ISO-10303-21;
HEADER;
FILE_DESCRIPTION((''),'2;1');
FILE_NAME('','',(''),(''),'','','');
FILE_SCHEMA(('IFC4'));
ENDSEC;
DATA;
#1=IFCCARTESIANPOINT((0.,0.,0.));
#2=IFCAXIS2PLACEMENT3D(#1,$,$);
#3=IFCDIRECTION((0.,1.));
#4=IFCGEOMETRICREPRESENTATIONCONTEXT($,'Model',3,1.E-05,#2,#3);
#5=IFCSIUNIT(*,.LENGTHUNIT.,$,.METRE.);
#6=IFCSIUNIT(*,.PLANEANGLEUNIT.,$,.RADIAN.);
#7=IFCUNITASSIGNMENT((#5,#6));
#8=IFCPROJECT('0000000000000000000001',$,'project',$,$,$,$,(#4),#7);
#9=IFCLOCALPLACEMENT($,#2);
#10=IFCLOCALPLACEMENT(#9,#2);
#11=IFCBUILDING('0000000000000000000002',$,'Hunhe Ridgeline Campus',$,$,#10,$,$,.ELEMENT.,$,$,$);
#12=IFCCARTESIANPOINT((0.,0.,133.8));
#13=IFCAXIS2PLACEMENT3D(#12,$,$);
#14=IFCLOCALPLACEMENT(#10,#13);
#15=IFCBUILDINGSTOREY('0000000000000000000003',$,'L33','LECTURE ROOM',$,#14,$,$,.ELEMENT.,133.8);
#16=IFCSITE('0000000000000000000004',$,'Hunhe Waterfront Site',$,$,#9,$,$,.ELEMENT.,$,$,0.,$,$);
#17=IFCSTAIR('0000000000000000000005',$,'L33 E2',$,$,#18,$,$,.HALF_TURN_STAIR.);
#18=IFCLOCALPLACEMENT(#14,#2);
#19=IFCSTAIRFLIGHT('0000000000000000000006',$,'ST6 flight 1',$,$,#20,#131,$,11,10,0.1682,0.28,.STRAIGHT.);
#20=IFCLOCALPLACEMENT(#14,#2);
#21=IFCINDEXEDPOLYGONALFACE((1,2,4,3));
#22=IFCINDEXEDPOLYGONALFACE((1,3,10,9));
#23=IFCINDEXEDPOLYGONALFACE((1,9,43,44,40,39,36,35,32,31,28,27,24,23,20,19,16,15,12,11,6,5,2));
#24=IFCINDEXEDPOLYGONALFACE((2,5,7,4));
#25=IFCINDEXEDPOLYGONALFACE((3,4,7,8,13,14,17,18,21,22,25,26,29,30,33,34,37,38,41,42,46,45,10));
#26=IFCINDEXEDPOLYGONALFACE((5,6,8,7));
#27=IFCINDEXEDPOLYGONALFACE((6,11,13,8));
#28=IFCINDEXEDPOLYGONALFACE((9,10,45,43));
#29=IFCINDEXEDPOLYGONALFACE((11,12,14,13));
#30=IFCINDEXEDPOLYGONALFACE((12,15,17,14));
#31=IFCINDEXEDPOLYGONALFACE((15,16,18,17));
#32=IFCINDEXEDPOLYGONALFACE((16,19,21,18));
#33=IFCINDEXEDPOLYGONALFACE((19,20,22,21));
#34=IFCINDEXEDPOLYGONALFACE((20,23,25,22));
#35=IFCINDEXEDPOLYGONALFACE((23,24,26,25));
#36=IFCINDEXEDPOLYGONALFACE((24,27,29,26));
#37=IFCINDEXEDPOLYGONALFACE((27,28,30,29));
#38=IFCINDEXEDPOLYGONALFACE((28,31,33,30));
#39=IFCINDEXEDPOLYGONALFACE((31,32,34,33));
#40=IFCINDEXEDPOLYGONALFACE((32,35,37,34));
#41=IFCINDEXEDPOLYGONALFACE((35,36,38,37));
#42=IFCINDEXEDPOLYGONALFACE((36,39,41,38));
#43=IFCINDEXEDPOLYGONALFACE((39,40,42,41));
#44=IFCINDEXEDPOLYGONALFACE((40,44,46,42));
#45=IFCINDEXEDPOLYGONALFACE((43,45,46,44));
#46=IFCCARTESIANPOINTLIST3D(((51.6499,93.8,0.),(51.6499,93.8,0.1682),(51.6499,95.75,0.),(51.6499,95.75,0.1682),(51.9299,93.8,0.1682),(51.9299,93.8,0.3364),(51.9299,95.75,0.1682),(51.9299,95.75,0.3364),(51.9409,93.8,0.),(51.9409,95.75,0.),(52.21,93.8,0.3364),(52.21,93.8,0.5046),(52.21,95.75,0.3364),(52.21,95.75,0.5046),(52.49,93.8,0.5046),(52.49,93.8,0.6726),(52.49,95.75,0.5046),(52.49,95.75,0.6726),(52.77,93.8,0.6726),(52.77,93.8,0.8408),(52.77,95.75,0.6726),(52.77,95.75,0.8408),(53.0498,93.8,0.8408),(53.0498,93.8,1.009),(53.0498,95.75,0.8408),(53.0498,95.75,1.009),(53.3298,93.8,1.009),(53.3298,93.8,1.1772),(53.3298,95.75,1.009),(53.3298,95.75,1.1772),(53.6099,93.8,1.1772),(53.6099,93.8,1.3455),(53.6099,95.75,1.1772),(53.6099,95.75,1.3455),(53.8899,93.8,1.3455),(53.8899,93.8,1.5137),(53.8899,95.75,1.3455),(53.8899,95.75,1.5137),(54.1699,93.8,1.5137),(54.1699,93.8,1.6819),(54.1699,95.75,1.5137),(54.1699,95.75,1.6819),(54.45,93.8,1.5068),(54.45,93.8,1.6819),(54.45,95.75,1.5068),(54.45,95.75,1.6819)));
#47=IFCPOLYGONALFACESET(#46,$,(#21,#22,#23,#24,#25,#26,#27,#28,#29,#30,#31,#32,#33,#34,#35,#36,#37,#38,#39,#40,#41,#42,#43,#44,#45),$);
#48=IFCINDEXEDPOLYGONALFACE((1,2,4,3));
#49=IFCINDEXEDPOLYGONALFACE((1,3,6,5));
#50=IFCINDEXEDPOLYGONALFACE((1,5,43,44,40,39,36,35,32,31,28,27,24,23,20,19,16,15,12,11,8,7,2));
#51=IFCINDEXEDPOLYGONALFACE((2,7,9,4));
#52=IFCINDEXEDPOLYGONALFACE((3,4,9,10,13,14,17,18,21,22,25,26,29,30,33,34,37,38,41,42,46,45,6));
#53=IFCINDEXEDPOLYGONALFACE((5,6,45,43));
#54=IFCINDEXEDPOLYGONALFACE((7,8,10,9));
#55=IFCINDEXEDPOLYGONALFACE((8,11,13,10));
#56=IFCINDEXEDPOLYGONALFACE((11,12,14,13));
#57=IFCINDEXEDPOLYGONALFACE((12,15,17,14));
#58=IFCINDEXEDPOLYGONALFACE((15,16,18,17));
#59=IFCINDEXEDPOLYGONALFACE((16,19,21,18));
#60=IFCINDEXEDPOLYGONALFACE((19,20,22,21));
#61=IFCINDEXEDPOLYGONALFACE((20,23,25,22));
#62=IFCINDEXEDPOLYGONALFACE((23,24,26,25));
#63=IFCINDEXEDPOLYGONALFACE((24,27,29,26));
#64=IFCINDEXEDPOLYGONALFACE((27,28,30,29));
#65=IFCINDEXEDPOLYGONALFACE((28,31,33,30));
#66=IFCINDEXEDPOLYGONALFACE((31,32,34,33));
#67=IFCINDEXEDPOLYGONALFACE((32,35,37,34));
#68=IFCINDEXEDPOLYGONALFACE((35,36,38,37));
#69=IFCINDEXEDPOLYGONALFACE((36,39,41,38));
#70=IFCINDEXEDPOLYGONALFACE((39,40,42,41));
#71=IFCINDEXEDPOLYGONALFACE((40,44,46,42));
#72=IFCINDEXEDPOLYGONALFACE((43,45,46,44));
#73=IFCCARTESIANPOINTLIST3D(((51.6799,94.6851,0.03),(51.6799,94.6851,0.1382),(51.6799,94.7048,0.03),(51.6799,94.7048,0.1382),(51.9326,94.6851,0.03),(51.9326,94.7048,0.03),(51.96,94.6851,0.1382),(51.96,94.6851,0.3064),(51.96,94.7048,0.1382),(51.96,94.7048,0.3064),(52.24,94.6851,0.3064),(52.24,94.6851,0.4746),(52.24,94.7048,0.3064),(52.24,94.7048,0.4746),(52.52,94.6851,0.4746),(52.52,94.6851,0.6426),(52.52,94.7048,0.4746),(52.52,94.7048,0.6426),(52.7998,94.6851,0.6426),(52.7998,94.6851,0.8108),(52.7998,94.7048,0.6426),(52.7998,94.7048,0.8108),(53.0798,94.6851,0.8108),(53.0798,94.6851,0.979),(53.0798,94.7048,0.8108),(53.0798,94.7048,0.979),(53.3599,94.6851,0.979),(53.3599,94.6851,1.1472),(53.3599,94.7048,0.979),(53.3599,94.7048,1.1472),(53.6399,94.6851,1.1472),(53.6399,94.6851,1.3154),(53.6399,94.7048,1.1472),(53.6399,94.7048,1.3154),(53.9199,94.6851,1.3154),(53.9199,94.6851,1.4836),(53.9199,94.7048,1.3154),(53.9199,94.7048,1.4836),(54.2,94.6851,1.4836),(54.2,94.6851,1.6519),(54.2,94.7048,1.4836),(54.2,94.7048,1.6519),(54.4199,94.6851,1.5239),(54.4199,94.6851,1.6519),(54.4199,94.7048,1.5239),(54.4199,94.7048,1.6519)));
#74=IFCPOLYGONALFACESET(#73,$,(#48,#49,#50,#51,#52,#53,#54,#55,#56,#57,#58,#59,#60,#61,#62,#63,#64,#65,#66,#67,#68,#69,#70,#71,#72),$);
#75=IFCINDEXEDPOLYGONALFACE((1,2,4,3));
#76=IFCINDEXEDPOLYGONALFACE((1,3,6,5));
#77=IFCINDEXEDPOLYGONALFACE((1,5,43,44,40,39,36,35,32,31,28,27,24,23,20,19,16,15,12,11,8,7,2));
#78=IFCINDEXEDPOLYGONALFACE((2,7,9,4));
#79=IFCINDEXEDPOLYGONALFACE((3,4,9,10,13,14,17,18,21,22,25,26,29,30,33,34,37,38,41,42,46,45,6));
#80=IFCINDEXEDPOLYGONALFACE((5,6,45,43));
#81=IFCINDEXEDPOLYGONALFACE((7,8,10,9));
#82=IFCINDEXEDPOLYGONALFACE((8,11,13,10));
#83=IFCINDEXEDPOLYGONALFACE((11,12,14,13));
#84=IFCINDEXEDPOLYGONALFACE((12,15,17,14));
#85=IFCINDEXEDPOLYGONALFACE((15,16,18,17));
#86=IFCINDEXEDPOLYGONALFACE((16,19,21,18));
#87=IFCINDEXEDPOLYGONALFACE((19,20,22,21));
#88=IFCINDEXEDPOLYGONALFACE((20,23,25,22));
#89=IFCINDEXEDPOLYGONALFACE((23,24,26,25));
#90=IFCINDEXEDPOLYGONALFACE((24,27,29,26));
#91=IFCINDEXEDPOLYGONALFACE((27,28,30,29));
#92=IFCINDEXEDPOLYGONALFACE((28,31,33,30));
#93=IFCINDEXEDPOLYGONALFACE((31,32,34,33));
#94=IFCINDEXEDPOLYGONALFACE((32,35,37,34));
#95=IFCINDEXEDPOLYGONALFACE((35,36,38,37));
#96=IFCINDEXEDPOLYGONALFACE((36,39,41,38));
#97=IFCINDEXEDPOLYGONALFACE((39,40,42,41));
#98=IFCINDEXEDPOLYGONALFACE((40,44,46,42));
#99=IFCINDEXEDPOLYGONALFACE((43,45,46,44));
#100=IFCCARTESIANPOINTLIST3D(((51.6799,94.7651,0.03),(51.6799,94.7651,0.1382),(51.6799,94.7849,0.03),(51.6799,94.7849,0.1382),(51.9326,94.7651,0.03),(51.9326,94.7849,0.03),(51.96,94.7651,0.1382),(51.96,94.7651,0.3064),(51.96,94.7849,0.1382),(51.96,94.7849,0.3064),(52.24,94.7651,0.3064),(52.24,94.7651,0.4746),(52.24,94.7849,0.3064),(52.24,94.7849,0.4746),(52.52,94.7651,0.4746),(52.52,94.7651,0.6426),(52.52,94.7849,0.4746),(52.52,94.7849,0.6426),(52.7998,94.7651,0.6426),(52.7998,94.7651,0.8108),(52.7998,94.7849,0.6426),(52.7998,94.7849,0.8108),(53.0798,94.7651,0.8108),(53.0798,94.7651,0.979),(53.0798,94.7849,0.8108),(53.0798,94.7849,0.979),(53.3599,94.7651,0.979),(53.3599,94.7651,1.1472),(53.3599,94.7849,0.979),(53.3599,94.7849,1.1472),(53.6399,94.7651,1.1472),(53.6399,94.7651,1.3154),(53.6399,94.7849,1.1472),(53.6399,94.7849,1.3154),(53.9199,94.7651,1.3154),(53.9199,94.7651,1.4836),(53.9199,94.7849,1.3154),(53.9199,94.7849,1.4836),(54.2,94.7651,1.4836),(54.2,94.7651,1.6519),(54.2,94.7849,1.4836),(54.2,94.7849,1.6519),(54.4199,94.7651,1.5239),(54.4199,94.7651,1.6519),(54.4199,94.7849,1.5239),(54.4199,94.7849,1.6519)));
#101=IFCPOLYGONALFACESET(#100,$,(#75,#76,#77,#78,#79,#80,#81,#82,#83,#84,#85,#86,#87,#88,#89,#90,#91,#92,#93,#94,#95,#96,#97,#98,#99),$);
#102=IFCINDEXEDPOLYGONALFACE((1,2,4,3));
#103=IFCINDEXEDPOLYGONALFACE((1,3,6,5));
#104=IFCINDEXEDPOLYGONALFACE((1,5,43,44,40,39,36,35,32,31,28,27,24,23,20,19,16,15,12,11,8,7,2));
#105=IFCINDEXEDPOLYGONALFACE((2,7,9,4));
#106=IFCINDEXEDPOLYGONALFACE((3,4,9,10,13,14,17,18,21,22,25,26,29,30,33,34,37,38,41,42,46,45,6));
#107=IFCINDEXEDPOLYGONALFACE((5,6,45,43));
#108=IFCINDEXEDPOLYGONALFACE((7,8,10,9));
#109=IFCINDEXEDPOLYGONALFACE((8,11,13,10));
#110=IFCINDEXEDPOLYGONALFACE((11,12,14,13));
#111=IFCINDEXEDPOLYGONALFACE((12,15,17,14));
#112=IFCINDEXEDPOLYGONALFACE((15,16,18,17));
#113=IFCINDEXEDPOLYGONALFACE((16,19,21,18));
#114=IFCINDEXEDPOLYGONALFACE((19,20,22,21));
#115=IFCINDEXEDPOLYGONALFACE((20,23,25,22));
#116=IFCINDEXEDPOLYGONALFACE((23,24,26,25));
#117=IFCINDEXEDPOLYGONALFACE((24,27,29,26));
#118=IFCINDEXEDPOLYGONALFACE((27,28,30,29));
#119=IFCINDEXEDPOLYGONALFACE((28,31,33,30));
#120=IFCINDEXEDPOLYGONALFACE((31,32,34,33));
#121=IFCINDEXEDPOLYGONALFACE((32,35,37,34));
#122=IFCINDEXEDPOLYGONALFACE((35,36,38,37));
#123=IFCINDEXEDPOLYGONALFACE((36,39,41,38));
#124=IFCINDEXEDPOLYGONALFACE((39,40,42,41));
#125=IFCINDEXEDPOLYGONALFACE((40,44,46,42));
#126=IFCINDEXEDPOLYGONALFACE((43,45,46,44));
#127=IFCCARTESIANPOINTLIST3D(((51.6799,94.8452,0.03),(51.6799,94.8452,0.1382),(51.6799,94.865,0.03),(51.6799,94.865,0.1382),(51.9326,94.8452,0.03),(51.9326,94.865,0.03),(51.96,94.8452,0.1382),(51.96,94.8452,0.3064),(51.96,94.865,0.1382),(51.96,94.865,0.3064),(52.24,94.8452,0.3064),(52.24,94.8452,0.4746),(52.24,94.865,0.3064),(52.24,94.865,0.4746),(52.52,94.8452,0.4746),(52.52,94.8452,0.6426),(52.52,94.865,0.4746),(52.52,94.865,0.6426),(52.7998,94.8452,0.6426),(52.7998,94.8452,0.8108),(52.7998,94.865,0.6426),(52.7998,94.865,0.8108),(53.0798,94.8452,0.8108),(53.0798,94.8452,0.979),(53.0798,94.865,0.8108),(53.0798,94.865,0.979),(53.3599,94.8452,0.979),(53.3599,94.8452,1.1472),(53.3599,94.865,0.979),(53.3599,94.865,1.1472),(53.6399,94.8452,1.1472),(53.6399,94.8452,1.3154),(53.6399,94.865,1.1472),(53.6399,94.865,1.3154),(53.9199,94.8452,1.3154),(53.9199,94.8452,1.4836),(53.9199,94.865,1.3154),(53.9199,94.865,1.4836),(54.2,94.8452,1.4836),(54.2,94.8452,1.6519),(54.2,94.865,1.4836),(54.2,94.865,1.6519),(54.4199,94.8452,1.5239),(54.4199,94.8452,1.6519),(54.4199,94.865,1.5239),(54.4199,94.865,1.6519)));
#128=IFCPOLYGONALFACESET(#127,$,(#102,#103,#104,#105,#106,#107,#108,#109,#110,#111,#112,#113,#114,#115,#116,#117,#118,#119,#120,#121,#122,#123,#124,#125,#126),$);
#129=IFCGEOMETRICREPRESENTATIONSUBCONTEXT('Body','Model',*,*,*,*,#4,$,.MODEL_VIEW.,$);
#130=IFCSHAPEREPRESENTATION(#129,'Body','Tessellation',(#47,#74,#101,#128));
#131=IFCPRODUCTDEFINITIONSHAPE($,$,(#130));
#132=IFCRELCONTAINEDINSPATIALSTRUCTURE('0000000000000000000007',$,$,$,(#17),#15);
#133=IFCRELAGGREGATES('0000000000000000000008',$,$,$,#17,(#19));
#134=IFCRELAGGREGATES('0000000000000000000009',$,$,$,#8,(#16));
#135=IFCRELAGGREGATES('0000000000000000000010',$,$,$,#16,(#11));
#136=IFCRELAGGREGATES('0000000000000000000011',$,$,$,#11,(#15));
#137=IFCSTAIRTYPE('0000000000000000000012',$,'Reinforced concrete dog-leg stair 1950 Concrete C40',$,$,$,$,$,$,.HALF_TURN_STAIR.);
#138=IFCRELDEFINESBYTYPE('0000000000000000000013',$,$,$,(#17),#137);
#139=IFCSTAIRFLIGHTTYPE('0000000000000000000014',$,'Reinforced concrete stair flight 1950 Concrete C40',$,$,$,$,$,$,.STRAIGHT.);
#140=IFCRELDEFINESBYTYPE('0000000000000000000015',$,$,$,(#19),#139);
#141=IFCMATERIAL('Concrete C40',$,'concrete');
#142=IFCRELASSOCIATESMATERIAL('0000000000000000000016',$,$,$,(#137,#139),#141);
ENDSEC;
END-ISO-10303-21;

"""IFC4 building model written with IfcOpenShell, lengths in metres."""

from ifc_helpers import new_model, si_unit, direction, frame, origin, place, context, subcontext, project, spatial, polyline, outline, extrude, material, type_object, element, aggregate, save


model = new_model("IFC4")

# Units and contexts
model_context = context("Model", 3, precision=1e-05, world=origin(), true_north=direction((0.0, 1.0)))
body_context = subcontext(model_context, "Body", "Model", "MODEL_VIEW")
ifc_project = project(units=[si_unit("LENGTHUNIT", "METRE"), si_unit("PLANEANGLEUNIT", "RADIAN")], contexts=[model_context])

# Site, building, storey
site_placement = place(None, origin())
site = spatial("IfcSite", under=ifc_project, at=site_placement, Name="Hunhe Waterfront Site", CompositionType="ELEMENT", RefElevation=0.0)
building_placement = place(site_placement, origin())
building = spatial("IfcBuilding", under=site, at=building_placement, Name="Hunhe Ridgeline Campus", CompositionType="ELEMENT")
storey_placement = place(building_placement, frame((0.0, 0.0, 133.8)))
storey = spatial("IfcBuildingStorey", under=building, at=storey_placement, Name="L33", Description="LECTURE ROOM", CompositionType="ELEMENT", Elevation=133.8)

# Stair, stair flight
ifc_material_1 = material(Name="Concrete C40", Category="concrete")
stair_type = type_object("IfcStairType", Name="Reinforced concrete dog-leg stair 1950 Concrete C40", PredefinedType="HALF_TURN_STAIR", material=ifc_material_1)
stair_flight_type = type_object("IfcStairFlightType", Name="Reinforced concrete stair flight 1950 Concrete C40", PredefinedType="STRAIGHT", material=ifc_material_1)
stair_1_placement = place(storey_placement, origin())
stair_1 = element("IfcStair", 1, at=stair_1_placement, inside=storey, type_object=stair_type, Name="L33 E2", PredefinedType="HALF_TURN_STAIR")
stair_flight_1_placement = place(storey_placement, frame((51.6499, 94.7749, 0.0), z_axis=(0.0, 0.0, 1.0), x_axis=(1.0, 0.0, 0.0)))
stair_flight_1 = element("IfcStairFlight", 2, at=stair_flight_1_placement, type_object=stair_flight_type, Name="ST6 flight 1", NumberOfRisers=11, NumberOfTreads=10, PredefinedType="STRAIGHT", RiserHeight=0.1682, TreadLength=0.28, context=body_context, shape_type="SweptSolid", body=[
    extrude(outline(polyline([(0.0, 0.0), (0.0, 0.1682), (0.28, 0.1682), (0.28, 0.3364), (0.5601, 0.3364), (0.5601, 0.5046), (0.8401, 0.5046), (0.8401, 0.6726), (1.1201, 0.6726), (1.1201, 0.8408), (1.3999, 0.8408), (1.3999, 1.009), (1.6799, 1.009), (1.6799, 1.1772), (1.96, 1.1772), (1.96, 1.3455), (2.24, 1.3455), (2.24, 1.5137), (2.52, 1.5137), (2.52, 1.6819), (2.8, 1.6819), (2.8, 1.8501), (2.8, 1.5068), (0.291, 0.0), (0.0, 0.0)])), frame((0.0, 0.9751, 0.0), z_axis=(0.0, -1.0, 0.0), x_axis=(1.0, 0.0, 0.0)), (0.0, 0.0, 1.0), 1.95),
    extrude(outline(polyline([(0.03, 0.03), (0.03, 0.1382), (0.3101, 0.1382), (0.3101, 0.3064), (0.5901, 0.3064), (0.5901, 0.4746), (0.8701, 0.4746), (0.8701, 0.6426), (1.1499, 0.6426), (1.1499, 0.8108), (1.4299, 0.8108), (1.4299, 0.979), (1.71, 0.979), (1.71, 1.1472), (1.99, 1.1472), (1.99, 1.3154), (2.27, 1.3154), (2.27, 1.4836), (2.55, 1.4836), (2.55, 1.6519), (2.77, 1.6519), (2.77, 1.5239), (0.2827, 0.03), (0.03, 0.03)])), frame((0.0, -0.0701, 0.0), z_axis=(0.0, -1.0, 0.0), x_axis=(1.0, 0.0, 0.0)), (0.0, 0.0, 1.0), 0.0198),
    extrude(outline(polyline([(0.03, 0.03), (0.03, 0.1382), (0.3101, 0.1382), (0.3101, 0.3064), (0.5901, 0.3064), (0.5901, 0.4746), (0.8701, 0.4746), (0.8701, 0.6426), (1.1499, 0.6426), (1.1499, 0.8108), (1.4299, 0.8108), (1.4299, 0.979), (1.71, 0.979), (1.71, 1.1472), (1.99, 1.1472), (1.99, 1.3154), (2.27, 1.3154), (2.27, 1.4836), (2.55, 1.4836), (2.55, 1.6519), (2.77, 1.6519), (2.77, 1.5239), (0.2827, 0.03), (0.03, 0.03)])), frame((0.0, 0.01, 0.0), z_axis=(0.0, -1.0, 0.0), x_axis=(1.0, 0.0, 0.0)), (0.0, 0.0, 1.0), 0.0198),
    extrude(outline(polyline([(0.03, 0.03), (0.03, 0.1382), (0.3101, 0.1382), (0.3101, 0.3064), (0.5901, 0.3064), (0.5901, 0.4746), (0.8701, 0.4746), (0.8701, 0.6426), (1.1499, 0.6426), (1.1499, 0.8108), (1.4299, 0.8108), (1.4299, 0.979), (1.71, 0.979), (1.71, 1.1472), (1.99, 1.1472), (1.99, 1.3154), (2.27, 1.3154), (2.27, 1.4836), (2.55, 1.4836), (2.55, 1.6519), (2.77, 1.6519), (2.77, 1.5239), (0.2827, 0.03), (0.03, 0.03)])), frame((0.0, 0.0901, 0.0), z_axis=(0.0, -1.0, 0.0), x_axis=(1.0, 0.0, 0.0)), (0.0, 0.0, 1.0), 0.0198),
])
aggregate(stair_1, [stair_flight_1])

save(model, "model.ifc")
